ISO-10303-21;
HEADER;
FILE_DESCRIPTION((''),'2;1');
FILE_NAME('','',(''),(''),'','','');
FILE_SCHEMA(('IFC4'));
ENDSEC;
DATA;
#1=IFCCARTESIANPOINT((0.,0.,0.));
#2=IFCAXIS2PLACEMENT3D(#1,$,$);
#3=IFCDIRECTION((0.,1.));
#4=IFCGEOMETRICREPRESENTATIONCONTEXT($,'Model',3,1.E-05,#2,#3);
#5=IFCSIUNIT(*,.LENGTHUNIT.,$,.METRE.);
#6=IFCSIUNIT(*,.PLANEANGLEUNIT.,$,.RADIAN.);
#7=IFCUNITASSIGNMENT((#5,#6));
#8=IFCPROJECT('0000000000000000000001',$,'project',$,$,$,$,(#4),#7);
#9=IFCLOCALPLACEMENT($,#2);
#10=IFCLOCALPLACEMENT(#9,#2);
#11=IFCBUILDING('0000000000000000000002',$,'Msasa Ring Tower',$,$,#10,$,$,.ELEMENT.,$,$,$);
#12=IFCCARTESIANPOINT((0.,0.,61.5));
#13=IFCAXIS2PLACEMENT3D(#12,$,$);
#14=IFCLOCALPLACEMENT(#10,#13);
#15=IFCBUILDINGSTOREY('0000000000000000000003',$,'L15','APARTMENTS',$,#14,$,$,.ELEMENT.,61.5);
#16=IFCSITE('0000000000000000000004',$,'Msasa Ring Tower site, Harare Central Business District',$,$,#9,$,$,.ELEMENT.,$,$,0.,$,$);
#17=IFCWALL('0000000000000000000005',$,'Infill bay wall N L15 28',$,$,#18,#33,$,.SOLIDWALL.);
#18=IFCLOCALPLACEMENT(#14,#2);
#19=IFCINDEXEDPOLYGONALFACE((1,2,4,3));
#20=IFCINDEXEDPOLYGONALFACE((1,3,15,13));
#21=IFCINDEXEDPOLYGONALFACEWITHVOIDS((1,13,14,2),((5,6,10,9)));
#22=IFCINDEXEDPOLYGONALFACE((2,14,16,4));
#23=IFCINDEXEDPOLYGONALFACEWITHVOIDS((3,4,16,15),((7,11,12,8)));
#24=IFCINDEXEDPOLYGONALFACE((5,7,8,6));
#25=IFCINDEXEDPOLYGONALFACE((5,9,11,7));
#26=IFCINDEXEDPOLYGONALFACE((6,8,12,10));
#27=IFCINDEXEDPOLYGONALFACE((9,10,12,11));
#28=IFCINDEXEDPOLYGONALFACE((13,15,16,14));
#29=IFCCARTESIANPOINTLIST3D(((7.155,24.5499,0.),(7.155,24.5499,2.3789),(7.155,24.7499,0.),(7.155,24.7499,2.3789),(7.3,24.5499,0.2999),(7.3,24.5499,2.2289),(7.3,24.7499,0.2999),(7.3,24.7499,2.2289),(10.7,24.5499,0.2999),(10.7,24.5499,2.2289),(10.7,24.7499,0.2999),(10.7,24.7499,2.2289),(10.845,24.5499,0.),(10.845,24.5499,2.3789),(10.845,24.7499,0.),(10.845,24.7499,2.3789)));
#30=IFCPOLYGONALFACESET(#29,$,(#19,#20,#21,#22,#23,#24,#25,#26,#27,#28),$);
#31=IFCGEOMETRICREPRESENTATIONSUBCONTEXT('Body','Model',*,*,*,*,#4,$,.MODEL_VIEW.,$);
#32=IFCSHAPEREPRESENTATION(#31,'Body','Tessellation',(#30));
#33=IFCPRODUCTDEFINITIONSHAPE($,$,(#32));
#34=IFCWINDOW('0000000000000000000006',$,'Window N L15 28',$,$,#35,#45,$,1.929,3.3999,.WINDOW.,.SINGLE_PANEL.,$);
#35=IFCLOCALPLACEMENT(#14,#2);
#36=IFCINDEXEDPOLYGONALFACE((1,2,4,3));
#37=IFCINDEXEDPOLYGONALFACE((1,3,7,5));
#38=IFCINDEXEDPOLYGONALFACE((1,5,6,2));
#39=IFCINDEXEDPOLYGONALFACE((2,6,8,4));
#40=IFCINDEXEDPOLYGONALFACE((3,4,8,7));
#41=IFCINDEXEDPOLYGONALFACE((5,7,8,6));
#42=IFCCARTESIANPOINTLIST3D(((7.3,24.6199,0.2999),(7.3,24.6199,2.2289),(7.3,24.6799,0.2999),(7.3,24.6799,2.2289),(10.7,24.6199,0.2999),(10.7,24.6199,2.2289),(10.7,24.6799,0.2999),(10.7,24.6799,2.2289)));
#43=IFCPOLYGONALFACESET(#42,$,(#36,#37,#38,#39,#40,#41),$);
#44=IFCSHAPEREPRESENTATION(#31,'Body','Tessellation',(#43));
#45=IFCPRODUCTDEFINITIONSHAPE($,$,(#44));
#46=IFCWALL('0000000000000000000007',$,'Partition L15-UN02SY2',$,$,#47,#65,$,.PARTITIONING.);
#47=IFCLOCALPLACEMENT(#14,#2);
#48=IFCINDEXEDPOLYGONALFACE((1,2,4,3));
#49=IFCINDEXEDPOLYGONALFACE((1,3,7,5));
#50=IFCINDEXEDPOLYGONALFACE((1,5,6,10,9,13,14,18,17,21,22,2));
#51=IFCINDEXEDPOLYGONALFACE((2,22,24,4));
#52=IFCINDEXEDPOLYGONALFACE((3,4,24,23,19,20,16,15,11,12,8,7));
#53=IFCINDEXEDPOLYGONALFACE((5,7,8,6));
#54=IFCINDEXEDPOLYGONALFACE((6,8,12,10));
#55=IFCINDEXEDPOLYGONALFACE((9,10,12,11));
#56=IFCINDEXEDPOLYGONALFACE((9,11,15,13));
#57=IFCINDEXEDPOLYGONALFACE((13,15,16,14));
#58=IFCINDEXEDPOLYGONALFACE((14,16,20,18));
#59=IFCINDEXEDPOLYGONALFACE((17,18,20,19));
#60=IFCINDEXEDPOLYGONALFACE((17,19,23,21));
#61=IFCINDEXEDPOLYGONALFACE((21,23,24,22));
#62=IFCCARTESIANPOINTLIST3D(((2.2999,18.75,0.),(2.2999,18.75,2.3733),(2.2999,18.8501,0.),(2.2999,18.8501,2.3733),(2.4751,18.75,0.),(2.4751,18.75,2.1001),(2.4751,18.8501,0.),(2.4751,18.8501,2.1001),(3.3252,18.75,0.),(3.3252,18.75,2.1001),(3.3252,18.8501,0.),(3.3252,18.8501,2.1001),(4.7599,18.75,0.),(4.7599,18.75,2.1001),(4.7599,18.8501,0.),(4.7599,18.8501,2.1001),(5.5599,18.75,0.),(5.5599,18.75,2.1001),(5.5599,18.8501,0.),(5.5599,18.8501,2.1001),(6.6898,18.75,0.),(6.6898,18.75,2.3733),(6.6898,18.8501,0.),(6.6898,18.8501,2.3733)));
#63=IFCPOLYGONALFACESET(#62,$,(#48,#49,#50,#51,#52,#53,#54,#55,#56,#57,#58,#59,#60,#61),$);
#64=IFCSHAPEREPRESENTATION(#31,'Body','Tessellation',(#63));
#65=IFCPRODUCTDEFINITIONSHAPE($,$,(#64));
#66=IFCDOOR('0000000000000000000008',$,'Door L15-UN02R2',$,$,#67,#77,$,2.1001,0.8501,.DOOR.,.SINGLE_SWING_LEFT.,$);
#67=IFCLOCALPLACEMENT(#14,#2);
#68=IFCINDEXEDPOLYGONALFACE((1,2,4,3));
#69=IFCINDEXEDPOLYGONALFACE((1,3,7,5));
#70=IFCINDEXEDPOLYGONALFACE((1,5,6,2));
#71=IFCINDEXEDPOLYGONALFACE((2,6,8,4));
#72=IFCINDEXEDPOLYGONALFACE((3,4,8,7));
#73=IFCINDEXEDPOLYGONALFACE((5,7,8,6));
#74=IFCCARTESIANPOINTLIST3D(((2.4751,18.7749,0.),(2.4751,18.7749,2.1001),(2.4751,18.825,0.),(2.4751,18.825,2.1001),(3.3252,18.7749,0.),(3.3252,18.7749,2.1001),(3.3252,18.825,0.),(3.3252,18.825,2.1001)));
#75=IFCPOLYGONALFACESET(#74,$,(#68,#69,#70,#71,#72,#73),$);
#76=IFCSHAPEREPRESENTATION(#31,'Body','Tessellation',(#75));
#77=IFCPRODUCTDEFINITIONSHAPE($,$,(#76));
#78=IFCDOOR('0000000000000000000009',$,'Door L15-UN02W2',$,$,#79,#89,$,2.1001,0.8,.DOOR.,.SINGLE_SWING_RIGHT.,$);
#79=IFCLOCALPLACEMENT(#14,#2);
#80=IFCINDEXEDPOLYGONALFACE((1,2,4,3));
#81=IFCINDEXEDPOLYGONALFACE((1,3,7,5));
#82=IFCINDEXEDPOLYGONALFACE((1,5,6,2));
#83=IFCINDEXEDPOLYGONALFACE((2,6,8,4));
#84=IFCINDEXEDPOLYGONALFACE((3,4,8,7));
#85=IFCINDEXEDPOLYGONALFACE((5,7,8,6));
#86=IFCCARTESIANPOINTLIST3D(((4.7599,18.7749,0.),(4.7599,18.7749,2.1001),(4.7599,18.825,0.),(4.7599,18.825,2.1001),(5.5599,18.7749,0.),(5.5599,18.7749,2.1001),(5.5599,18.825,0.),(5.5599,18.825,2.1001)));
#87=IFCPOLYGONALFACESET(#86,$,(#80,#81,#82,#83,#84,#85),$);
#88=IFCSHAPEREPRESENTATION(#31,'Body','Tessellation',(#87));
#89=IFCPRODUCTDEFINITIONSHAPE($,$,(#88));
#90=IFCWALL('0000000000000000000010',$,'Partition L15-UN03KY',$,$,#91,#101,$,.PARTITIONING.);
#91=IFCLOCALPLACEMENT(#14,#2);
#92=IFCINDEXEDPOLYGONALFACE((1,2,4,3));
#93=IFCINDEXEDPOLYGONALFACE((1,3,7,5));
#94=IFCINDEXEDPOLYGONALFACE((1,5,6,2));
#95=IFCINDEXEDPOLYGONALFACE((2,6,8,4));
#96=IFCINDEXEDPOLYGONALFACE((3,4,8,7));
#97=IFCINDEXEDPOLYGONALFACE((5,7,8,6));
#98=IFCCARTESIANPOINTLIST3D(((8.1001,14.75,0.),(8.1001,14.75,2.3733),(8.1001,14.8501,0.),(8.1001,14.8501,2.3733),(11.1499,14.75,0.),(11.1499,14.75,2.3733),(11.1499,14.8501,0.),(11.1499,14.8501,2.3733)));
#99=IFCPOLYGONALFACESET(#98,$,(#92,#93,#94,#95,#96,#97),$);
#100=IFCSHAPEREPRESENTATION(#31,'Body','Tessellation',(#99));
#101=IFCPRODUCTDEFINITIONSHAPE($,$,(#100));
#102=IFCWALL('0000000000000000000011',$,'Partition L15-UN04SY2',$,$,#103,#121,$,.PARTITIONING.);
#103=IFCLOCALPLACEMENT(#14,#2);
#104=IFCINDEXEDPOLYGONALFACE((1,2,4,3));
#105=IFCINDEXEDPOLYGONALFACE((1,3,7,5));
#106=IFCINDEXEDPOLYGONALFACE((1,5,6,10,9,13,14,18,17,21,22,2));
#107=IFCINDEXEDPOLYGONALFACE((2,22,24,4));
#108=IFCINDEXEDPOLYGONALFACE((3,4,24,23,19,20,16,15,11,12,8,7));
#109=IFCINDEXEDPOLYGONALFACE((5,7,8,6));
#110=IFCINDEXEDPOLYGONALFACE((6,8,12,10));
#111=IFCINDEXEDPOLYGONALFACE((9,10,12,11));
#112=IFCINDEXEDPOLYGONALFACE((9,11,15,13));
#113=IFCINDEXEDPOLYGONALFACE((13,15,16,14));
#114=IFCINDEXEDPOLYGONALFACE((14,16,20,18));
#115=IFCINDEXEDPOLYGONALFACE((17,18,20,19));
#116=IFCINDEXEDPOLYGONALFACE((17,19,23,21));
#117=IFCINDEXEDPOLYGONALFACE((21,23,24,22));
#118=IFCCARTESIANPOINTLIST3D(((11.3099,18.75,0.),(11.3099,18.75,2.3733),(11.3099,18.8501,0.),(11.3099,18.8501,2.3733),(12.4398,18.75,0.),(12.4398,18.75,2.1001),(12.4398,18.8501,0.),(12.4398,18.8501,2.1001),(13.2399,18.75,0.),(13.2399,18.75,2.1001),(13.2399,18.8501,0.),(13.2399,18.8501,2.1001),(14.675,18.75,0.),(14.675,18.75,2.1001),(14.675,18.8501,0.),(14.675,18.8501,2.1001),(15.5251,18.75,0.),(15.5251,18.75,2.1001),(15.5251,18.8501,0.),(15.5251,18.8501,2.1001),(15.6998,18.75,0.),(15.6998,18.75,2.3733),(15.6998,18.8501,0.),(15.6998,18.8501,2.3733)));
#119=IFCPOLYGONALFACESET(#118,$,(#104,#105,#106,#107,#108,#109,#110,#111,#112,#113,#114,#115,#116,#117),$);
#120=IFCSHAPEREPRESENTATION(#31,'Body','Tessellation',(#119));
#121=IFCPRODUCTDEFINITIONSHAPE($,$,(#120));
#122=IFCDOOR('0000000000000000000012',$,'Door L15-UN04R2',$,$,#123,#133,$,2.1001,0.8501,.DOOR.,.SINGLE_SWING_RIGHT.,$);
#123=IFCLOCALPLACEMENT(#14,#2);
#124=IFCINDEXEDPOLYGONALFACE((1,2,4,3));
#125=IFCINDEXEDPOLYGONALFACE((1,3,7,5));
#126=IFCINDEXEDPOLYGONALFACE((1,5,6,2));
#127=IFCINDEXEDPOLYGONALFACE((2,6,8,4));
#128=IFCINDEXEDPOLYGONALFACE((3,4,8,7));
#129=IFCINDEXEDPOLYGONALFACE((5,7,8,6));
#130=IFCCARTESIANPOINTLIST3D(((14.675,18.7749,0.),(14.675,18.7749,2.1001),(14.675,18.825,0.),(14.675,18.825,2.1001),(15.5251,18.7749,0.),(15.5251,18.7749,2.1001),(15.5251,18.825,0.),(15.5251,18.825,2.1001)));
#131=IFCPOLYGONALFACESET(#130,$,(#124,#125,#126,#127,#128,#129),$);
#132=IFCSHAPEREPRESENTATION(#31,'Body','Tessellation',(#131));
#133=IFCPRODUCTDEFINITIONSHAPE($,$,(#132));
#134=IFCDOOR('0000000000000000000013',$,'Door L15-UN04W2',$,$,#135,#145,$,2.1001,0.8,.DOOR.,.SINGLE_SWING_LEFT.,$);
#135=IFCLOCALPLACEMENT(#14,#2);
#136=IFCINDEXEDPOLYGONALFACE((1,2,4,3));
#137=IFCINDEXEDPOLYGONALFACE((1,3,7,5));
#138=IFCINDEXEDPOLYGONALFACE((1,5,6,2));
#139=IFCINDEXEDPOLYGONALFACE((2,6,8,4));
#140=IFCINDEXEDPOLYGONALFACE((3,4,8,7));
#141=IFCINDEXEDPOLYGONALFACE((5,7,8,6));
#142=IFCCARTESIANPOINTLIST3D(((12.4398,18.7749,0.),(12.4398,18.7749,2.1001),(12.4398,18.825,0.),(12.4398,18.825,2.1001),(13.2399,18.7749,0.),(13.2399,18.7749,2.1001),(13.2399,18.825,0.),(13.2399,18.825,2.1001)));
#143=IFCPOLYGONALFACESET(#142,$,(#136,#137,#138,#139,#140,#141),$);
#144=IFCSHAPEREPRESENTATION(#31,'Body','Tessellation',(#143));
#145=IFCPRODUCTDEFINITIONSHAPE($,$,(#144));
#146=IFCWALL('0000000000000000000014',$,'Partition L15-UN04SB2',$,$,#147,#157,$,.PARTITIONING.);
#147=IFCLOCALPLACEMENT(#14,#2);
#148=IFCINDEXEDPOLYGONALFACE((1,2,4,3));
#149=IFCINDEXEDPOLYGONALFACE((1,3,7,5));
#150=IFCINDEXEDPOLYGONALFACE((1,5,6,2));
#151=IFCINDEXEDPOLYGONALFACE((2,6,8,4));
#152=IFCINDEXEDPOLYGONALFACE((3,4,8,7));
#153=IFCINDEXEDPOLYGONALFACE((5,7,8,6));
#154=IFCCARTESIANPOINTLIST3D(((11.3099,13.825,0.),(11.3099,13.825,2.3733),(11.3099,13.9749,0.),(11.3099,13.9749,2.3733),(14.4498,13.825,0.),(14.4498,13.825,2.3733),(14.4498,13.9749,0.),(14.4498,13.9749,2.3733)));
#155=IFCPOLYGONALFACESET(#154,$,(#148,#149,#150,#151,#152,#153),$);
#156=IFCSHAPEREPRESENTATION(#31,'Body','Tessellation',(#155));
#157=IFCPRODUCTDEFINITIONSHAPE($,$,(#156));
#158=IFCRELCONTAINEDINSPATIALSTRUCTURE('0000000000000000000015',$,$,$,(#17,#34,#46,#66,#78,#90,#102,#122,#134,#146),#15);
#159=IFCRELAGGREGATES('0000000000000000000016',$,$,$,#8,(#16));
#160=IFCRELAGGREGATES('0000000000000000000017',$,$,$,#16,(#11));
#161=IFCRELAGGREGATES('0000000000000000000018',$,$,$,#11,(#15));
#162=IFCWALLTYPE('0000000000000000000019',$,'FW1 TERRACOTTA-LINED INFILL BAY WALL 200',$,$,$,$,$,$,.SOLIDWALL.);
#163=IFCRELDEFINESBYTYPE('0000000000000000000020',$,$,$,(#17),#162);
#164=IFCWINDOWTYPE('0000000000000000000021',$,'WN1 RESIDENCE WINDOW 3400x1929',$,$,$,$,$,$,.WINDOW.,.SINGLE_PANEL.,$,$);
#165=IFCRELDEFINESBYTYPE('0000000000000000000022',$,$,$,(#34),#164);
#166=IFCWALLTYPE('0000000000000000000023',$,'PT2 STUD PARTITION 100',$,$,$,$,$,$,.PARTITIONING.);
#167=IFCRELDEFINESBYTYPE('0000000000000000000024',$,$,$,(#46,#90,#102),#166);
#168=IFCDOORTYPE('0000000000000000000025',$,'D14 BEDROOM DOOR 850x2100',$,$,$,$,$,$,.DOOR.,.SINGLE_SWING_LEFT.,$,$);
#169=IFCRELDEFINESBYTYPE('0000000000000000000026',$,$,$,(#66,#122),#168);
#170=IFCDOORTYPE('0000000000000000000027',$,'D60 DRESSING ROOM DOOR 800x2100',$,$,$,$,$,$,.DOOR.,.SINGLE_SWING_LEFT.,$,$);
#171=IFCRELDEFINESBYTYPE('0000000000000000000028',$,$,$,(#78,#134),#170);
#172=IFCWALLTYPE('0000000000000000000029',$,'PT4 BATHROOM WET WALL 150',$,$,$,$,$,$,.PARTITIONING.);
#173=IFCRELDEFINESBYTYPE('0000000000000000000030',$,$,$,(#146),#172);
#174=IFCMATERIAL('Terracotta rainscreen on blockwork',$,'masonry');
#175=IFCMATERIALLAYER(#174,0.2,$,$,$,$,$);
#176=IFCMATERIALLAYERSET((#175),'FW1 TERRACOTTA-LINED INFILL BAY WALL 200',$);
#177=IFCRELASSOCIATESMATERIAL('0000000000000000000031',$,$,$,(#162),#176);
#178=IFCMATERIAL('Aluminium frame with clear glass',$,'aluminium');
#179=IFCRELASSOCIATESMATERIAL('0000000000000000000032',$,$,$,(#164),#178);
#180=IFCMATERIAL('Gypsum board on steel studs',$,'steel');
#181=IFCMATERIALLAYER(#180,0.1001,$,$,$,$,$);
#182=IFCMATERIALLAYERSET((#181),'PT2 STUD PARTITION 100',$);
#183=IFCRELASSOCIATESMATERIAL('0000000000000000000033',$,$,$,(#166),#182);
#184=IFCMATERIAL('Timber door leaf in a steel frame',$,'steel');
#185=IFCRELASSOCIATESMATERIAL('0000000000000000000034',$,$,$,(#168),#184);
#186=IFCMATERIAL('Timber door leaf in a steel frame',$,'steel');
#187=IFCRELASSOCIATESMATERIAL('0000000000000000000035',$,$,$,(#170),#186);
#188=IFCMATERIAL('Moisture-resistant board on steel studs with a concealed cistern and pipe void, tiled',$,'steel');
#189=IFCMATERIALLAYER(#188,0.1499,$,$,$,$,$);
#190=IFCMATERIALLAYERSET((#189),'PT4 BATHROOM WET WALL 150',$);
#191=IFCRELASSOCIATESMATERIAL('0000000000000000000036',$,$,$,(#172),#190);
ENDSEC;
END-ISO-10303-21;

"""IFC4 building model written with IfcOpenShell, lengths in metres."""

from ifc_helpers import new_model, si_unit, direction, frame, frame_2d, origin, place, context, subcontext, project, spatial, rectangle, extrude, material, layer, layer_set, type_object, element, fill, save


model = new_model("IFC4")

# Units and contexts
model_context = context("Model", 3, precision=1e-05, world=origin(), true_north=direction((0.0, 1.0)))
body_context = subcontext(model_context, "Body", "Model", "MODEL_VIEW")
ifc_project = project(units=[si_unit("LENGTHUNIT", "METRE"), si_unit("PLANEANGLEUNIT", "RADIAN")], contexts=[model_context])

# Site, building, storey
site_placement = place(None, origin())
site = spatial("IfcSite", under=ifc_project, at=site_placement, Name="Msasa Ring Tower site, Harare Central Business District", CompositionType="ELEMENT", RefElevation=0.0)
building_placement = place(site_placement, origin())
building = spatial("IfcBuilding", under=site, at=building_placement, Name="Msasa Ring Tower", CompositionType="ELEMENT")
storey_placement = place(building_placement, frame((0.0, 0.0, 61.5)))
storey = spatial("IfcBuildingStorey", under=building, at=storey_placement, Name="L15", Description="APARTMENTS", CompositionType="ELEMENT", Elevation=61.5)

# Wall, opening, window
ifc_material_1 = material(Name="Terracotta rainscreen on blockwork", Category="masonry")
ifc_layer_1 = layer(ifc_material_1, 0.2)
ifc_layer_set_1 = layer_set([ifc_layer_1], Name="FW1 TERRACOTTA-LINED INFILL BAY WALL 200")
wall_type_1 = type_object("IfcWallType", Name="FW1 TERRACOTTA-LINED INFILL BAY WALL 200", PredefinedType="SOLIDWALL", material=ifc_layer_set_1)
ifc_material_2 = material(Name="Aluminium frame with clear glass", Category="aluminium")
window_type = type_object("IfcWindowType", Name="WN1 RESIDENCE WINDOW 3400x1929", PartitioningType="SINGLE_PANEL", PredefinedType="WINDOW", material=ifc_material_2)
wall_1_placement = place(storey_placement, frame((7.155, 24.6499, 0.0), z_axis=(0.0, 0.0, 1.0), x_axis=(1.0, 0.0, 0.0)))
wall_1 = element("IfcWall", 1, at=wall_1_placement, inside=storey, type_object=wall_type_1, Name="Infill bay wall N L15 28", PredefinedType="SOLIDWALL", context=body_context, shape_type="SweptSolid", body=[
    extrude(rectangle(XDim=3.6899, YDim=0.2, at=frame_2d((1.845, 0.0))), origin(), (0.0, 0.0, 1.0), 2.3789),
])
opening_1_placement = place(wall_1_placement, frame((0.145, 0.0, 0.3)))
opening_1 = element("IfcOpeningElement", 2, at=opening_1_placement, cuts=wall_1, PredefinedType="OPENING", context=body_context, shape_type="SweptSolid", body=[
    extrude(rectangle(XDim=3.3999, YDim=1.929, at=frame_2d((1.7, 0.9644))), frame((0.0, 0.1099, 0.0), z_axis=(0.0, -1.0, 0.0), x_axis=(1.0, 0.0, 0.0)), (0.0, 0.0, 1.0), 0.22),
])
window_1_placement = place(opening_1_placement, origin())
window_1 = element("IfcWindow", 3, at=window_1_placement, inside=storey, type_object=window_type, Name="Window N L15 28", OverallHeight=1.929, OverallWidth=3.3999, PartitioningType="SINGLE_PANEL", PredefinedType="WINDOW", context=body_context, shape_type="SweptSolid", body=[
    extrude(rectangle(XDim=3.3999, YDim=1.929, at=frame_2d((1.7, 0.9644))), frame((0.0, 0.03, 0.0), z_axis=(0.0, -1.0, 0.0), x_axis=(1.0, 0.0, 0.0)), (0.0, 0.0, 1.0), 0.0601),
])
fill(opening_1, window_1)

# Wall, openings, doors
ifc_material_3 = material(Name="Gypsum board on steel studs", Category="steel")
ifc_layer_2 = layer(ifc_material_3, 0.1001)
ifc_layer_set_2 = layer_set([ifc_layer_2], Name="PT2 STUD PARTITION 100")
wall_type_2 = type_object("IfcWallType", Name="PT2 STUD PARTITION 100", PredefinedType="PARTITIONING", material=ifc_layer_set_2)
wall_2_placement = place(storey_placement, frame((2.3, 18.8, 0.0), z_axis=(0.0, 0.0, 1.0), x_axis=(1.0, 0.0, 0.0)))
wall_2 = element("IfcWall", 4, at=wall_2_placement, inside=storey, type_object=wall_type_2, Name="Partition L15-UN02SY2", PredefinedType="PARTITIONING", context=body_context, shape_type="SweptSolid", body=[
    extrude(rectangle(XDim=4.3899, YDim=0.1001, at=frame_2d((2.1948, 0.0))), origin(), (0.0, 0.0, 1.0), 2.3733),
])
opening_2_placement = place(wall_2_placement, frame((0.175, 0.0, 0.0)))
opening_2 = element("IfcOpeningElement", 5, at=opening_2_placement, cuts=wall_2, PredefinedType="OPENING", context=body_context, shape_type="SweptSolid", body=[
    extrude(rectangle(XDim=0.8501, YDim=2.1001, at=frame_2d((0.425, 1.05))), frame((0.0, 0.0601, 0.0), z_axis=(0.0, -1.0, 0.0), x_axis=(1.0, 0.0, 0.0)), (0.0, 0.0, 1.0), 0.1201),
])
opening_3_placement = place(wall_2_placement, frame((2.46, 0.0, 0.0)))
opening_3 = element("IfcOpeningElement", 6, at=opening_3_placement, cuts=wall_2, PredefinedType="OPENING", context=body_context, shape_type="SweptSolid", body=[
    extrude(rectangle(XDim=0.8, YDim=2.1001, at=frame_2d((0.3999, 1.05))), frame((0.0, 0.0601, 0.0), z_axis=(0.0, -1.0, 0.0), x_axis=(1.0, 0.0, 0.0)), (0.0, 0.0, 1.0), 0.1201),
])
ifc_material_4 = material(Name="Timber door leaf in a steel frame", Category="steel")
door_type_1 = type_object("IfcDoorType", Name="D14 BEDROOM DOOR 850x2100", OperationType="SINGLE_SWING_LEFT", PredefinedType="DOOR", material=ifc_material_4)
door_1_placement = place(opening_2_placement, origin())
door_1 = element("IfcDoor", 7, at=door_1_placement, inside=storey, type_object=door_type_1, Name="Door L15-UN02R2", OperationType="SINGLE_SWING_LEFT", OverallHeight=2.1001, OverallWidth=0.8501, PredefinedType="DOOR", context=body_context, shape_type="SweptSolid", body=[
    extrude(rectangle(XDim=0.8501, YDim=2.1001, at=frame_2d((0.425, 1.05))), frame((0.0, 0.0249, 0.0), z_axis=(0.0, -1.0, 0.0), x_axis=(1.0, 0.0, 0.0)), (0.0, 0.0, 1.0), 0.05),
])
fill(opening_2, door_1)
ifc_material_5 = material(Name="Timber door leaf in a steel frame", Category="steel")
door_type_2 = type_object("IfcDoorType", Name="D60 DRESSING ROOM DOOR 800x2100", OperationType="SINGLE_SWING_LEFT", PredefinedType="DOOR", material=ifc_material_5)
door_2_placement = place(opening_3_placement, origin())
door_2 = element("IfcDoor", 8, at=door_2_placement, inside=storey, type_object=door_type_2, Name="Door L15-UN02W2", OperationType="SINGLE_SWING_RIGHT", OverallHeight=2.1001, OverallWidth=0.8, PredefinedType="DOOR", context=body_context, shape_type="SweptSolid", body=[
    extrude(rectangle(XDim=0.8, YDim=2.1001, at=frame_2d((0.3999, 1.05))), frame((0.0, 0.0249, 0.0), z_axis=(0.0, -1.0, 0.0), x_axis=(1.0, 0.0, 0.0)), (0.0, 0.0, 1.0), 0.05),
])
fill(opening_3, door_2)

# Wall
wall_3_placement = place(storey_placement, frame((8.1001, 14.8, 0.0), z_axis=(0.0, 0.0, 1.0), x_axis=(1.0, 0.0, 0.0)))
element("IfcWall", 9, at=wall_3_placement, inside=storey, type_object=wall_type_2, Name="Partition L15-UN03KY", PredefinedType="PARTITIONING", context=body_context, shape_type="SweptSolid", body=[
    extrude(rectangle(XDim=3.0498, YDim=0.1001, at=frame_2d((1.5249, 0.0))), origin(), (0.0, 0.0, 1.0), 2.3733),
])

# Wall, openings, doors
wall_4_placement = place(storey_placement, frame((11.3101, 18.8, 0.0), z_axis=(0.0, 0.0, 1.0), x_axis=(1.0, 0.0, 0.0)))
wall_4 = element("IfcWall", 10, at=wall_4_placement, inside=storey, type_object=wall_type_2, Name="Partition L15-UN04SY2", PredefinedType="PARTITIONING", context=body_context, shape_type="SweptSolid", body=[
    extrude(rectangle(XDim=4.3899, YDim=0.1001, at=frame_2d((2.1948, 0.0))), origin(), (0.0, 0.0, 1.0), 2.3733),
])
opening_4_placement = place(wall_4_placement, frame((3.365, 0.0, 0.0)))
opening_4 = element("IfcOpeningElement", 11, at=opening_4_placement, cuts=wall_4, PredefinedType="OPENING", context=body_context, shape_type="SweptSolid", body=[
    extrude(rectangle(XDim=0.8501, YDim=2.1001, at=frame_2d((0.425, 1.05))), frame((0.0, 0.0601, 0.0), z_axis=(0.0, -1.0, 0.0), x_axis=(1.0, 0.0, 0.0)), (0.0, 0.0, 1.0), 0.1201),
])
opening_5_placement = place(wall_4_placement, frame((1.1299, 0.0, 0.0)))
opening_5 = element("IfcOpeningElement", 12, at=opening_5_placement, cuts=wall_4, PredefinedType="OPENING", context=body_context, shape_type="SweptSolid", body=[
    extrude(rectangle(XDim=0.8, YDim=2.1001, at=frame_2d((0.3999, 1.05))), frame((0.0, 0.0601, 0.0), z_axis=(0.0, -1.0, 0.0), x_axis=(1.0, 0.0, 0.0)), (0.0, 0.0, 1.0), 0.1201),
])
door_3_placement = place(opening_4_placement, origin())
door_3 = element("IfcDoor", 13, at=door_3_placement, inside=storey, type_object=door_type_1, Name="Door L15-UN04R2", OperationType="SINGLE_SWING_RIGHT", OverallHeight=2.1001, OverallWidth=0.8501, PredefinedType="DOOR", context=body_context, shape_type="SweptSolid", body=[
    extrude(rectangle(XDim=0.8501, YDim=2.1001, at=frame_2d((0.425, 1.05))), frame((0.0, 0.0249, 0.0), z_axis=(0.0, -1.0, 0.0), x_axis=(1.0, 0.0, 0.0)), (0.0, 0.0, 1.0), 0.05),
])
fill(opening_4, door_3)
door_4_placement = place(opening_5_placement, origin())
door_4 = element("IfcDoor", 14, at=door_4_placement, inside=storey, type_object=door_type_2, Name="Door L15-UN04W2", OperationType="SINGLE_SWING_LEFT", OverallHeight=2.1001, OverallWidth=0.8, PredefinedType="DOOR", context=body_context, shape_type="SweptSolid", body=[
    extrude(rectangle(XDim=0.8, YDim=2.1001, at=frame_2d((0.3999, 1.05))), frame((0.0, 0.0249, 0.0), z_axis=(0.0, -1.0, 0.0), x_axis=(1.0, 0.0, 0.0)), (0.0, 0.0, 1.0), 0.05),
])
fill(opening_5, door_4)

# Wall
ifc_material_6 = material(Name="Moisture-resistant board on steel studs with a concealed cistern and pipe void, tiled", Category="steel")
ifc_layer_3 = layer(ifc_material_6, 0.1499)
ifc_layer_set_3 = layer_set([ifc_layer_3], Name="PT4 BATHROOM WET WALL 150")
wall_type_3 = type_object("IfcWallType", Name="PT4 BATHROOM WET WALL 150", PredefinedType="PARTITIONING", material=ifc_layer_set_3)
wall_5_placement = place(storey_placement, frame((11.3101, 13.8999, 0.0), z_axis=(0.0, 0.0, 1.0), x_axis=(1.0, 0.0, 0.0)))
element("IfcWall", 15, at=wall_5_placement, inside=storey, type_object=wall_type_3, Name="Partition L15-UN04SB2", PredefinedType="PARTITIONING", context=body_context, shape_type="SweptSolid", body=[
    extrude(rectangle(XDim=3.1399, YDim=0.1499, at=frame_2d((1.5698, 0.0))), origin(), (0.0, 0.0, 1.0), 2.3733),
])

save(model, "model.ifc")
